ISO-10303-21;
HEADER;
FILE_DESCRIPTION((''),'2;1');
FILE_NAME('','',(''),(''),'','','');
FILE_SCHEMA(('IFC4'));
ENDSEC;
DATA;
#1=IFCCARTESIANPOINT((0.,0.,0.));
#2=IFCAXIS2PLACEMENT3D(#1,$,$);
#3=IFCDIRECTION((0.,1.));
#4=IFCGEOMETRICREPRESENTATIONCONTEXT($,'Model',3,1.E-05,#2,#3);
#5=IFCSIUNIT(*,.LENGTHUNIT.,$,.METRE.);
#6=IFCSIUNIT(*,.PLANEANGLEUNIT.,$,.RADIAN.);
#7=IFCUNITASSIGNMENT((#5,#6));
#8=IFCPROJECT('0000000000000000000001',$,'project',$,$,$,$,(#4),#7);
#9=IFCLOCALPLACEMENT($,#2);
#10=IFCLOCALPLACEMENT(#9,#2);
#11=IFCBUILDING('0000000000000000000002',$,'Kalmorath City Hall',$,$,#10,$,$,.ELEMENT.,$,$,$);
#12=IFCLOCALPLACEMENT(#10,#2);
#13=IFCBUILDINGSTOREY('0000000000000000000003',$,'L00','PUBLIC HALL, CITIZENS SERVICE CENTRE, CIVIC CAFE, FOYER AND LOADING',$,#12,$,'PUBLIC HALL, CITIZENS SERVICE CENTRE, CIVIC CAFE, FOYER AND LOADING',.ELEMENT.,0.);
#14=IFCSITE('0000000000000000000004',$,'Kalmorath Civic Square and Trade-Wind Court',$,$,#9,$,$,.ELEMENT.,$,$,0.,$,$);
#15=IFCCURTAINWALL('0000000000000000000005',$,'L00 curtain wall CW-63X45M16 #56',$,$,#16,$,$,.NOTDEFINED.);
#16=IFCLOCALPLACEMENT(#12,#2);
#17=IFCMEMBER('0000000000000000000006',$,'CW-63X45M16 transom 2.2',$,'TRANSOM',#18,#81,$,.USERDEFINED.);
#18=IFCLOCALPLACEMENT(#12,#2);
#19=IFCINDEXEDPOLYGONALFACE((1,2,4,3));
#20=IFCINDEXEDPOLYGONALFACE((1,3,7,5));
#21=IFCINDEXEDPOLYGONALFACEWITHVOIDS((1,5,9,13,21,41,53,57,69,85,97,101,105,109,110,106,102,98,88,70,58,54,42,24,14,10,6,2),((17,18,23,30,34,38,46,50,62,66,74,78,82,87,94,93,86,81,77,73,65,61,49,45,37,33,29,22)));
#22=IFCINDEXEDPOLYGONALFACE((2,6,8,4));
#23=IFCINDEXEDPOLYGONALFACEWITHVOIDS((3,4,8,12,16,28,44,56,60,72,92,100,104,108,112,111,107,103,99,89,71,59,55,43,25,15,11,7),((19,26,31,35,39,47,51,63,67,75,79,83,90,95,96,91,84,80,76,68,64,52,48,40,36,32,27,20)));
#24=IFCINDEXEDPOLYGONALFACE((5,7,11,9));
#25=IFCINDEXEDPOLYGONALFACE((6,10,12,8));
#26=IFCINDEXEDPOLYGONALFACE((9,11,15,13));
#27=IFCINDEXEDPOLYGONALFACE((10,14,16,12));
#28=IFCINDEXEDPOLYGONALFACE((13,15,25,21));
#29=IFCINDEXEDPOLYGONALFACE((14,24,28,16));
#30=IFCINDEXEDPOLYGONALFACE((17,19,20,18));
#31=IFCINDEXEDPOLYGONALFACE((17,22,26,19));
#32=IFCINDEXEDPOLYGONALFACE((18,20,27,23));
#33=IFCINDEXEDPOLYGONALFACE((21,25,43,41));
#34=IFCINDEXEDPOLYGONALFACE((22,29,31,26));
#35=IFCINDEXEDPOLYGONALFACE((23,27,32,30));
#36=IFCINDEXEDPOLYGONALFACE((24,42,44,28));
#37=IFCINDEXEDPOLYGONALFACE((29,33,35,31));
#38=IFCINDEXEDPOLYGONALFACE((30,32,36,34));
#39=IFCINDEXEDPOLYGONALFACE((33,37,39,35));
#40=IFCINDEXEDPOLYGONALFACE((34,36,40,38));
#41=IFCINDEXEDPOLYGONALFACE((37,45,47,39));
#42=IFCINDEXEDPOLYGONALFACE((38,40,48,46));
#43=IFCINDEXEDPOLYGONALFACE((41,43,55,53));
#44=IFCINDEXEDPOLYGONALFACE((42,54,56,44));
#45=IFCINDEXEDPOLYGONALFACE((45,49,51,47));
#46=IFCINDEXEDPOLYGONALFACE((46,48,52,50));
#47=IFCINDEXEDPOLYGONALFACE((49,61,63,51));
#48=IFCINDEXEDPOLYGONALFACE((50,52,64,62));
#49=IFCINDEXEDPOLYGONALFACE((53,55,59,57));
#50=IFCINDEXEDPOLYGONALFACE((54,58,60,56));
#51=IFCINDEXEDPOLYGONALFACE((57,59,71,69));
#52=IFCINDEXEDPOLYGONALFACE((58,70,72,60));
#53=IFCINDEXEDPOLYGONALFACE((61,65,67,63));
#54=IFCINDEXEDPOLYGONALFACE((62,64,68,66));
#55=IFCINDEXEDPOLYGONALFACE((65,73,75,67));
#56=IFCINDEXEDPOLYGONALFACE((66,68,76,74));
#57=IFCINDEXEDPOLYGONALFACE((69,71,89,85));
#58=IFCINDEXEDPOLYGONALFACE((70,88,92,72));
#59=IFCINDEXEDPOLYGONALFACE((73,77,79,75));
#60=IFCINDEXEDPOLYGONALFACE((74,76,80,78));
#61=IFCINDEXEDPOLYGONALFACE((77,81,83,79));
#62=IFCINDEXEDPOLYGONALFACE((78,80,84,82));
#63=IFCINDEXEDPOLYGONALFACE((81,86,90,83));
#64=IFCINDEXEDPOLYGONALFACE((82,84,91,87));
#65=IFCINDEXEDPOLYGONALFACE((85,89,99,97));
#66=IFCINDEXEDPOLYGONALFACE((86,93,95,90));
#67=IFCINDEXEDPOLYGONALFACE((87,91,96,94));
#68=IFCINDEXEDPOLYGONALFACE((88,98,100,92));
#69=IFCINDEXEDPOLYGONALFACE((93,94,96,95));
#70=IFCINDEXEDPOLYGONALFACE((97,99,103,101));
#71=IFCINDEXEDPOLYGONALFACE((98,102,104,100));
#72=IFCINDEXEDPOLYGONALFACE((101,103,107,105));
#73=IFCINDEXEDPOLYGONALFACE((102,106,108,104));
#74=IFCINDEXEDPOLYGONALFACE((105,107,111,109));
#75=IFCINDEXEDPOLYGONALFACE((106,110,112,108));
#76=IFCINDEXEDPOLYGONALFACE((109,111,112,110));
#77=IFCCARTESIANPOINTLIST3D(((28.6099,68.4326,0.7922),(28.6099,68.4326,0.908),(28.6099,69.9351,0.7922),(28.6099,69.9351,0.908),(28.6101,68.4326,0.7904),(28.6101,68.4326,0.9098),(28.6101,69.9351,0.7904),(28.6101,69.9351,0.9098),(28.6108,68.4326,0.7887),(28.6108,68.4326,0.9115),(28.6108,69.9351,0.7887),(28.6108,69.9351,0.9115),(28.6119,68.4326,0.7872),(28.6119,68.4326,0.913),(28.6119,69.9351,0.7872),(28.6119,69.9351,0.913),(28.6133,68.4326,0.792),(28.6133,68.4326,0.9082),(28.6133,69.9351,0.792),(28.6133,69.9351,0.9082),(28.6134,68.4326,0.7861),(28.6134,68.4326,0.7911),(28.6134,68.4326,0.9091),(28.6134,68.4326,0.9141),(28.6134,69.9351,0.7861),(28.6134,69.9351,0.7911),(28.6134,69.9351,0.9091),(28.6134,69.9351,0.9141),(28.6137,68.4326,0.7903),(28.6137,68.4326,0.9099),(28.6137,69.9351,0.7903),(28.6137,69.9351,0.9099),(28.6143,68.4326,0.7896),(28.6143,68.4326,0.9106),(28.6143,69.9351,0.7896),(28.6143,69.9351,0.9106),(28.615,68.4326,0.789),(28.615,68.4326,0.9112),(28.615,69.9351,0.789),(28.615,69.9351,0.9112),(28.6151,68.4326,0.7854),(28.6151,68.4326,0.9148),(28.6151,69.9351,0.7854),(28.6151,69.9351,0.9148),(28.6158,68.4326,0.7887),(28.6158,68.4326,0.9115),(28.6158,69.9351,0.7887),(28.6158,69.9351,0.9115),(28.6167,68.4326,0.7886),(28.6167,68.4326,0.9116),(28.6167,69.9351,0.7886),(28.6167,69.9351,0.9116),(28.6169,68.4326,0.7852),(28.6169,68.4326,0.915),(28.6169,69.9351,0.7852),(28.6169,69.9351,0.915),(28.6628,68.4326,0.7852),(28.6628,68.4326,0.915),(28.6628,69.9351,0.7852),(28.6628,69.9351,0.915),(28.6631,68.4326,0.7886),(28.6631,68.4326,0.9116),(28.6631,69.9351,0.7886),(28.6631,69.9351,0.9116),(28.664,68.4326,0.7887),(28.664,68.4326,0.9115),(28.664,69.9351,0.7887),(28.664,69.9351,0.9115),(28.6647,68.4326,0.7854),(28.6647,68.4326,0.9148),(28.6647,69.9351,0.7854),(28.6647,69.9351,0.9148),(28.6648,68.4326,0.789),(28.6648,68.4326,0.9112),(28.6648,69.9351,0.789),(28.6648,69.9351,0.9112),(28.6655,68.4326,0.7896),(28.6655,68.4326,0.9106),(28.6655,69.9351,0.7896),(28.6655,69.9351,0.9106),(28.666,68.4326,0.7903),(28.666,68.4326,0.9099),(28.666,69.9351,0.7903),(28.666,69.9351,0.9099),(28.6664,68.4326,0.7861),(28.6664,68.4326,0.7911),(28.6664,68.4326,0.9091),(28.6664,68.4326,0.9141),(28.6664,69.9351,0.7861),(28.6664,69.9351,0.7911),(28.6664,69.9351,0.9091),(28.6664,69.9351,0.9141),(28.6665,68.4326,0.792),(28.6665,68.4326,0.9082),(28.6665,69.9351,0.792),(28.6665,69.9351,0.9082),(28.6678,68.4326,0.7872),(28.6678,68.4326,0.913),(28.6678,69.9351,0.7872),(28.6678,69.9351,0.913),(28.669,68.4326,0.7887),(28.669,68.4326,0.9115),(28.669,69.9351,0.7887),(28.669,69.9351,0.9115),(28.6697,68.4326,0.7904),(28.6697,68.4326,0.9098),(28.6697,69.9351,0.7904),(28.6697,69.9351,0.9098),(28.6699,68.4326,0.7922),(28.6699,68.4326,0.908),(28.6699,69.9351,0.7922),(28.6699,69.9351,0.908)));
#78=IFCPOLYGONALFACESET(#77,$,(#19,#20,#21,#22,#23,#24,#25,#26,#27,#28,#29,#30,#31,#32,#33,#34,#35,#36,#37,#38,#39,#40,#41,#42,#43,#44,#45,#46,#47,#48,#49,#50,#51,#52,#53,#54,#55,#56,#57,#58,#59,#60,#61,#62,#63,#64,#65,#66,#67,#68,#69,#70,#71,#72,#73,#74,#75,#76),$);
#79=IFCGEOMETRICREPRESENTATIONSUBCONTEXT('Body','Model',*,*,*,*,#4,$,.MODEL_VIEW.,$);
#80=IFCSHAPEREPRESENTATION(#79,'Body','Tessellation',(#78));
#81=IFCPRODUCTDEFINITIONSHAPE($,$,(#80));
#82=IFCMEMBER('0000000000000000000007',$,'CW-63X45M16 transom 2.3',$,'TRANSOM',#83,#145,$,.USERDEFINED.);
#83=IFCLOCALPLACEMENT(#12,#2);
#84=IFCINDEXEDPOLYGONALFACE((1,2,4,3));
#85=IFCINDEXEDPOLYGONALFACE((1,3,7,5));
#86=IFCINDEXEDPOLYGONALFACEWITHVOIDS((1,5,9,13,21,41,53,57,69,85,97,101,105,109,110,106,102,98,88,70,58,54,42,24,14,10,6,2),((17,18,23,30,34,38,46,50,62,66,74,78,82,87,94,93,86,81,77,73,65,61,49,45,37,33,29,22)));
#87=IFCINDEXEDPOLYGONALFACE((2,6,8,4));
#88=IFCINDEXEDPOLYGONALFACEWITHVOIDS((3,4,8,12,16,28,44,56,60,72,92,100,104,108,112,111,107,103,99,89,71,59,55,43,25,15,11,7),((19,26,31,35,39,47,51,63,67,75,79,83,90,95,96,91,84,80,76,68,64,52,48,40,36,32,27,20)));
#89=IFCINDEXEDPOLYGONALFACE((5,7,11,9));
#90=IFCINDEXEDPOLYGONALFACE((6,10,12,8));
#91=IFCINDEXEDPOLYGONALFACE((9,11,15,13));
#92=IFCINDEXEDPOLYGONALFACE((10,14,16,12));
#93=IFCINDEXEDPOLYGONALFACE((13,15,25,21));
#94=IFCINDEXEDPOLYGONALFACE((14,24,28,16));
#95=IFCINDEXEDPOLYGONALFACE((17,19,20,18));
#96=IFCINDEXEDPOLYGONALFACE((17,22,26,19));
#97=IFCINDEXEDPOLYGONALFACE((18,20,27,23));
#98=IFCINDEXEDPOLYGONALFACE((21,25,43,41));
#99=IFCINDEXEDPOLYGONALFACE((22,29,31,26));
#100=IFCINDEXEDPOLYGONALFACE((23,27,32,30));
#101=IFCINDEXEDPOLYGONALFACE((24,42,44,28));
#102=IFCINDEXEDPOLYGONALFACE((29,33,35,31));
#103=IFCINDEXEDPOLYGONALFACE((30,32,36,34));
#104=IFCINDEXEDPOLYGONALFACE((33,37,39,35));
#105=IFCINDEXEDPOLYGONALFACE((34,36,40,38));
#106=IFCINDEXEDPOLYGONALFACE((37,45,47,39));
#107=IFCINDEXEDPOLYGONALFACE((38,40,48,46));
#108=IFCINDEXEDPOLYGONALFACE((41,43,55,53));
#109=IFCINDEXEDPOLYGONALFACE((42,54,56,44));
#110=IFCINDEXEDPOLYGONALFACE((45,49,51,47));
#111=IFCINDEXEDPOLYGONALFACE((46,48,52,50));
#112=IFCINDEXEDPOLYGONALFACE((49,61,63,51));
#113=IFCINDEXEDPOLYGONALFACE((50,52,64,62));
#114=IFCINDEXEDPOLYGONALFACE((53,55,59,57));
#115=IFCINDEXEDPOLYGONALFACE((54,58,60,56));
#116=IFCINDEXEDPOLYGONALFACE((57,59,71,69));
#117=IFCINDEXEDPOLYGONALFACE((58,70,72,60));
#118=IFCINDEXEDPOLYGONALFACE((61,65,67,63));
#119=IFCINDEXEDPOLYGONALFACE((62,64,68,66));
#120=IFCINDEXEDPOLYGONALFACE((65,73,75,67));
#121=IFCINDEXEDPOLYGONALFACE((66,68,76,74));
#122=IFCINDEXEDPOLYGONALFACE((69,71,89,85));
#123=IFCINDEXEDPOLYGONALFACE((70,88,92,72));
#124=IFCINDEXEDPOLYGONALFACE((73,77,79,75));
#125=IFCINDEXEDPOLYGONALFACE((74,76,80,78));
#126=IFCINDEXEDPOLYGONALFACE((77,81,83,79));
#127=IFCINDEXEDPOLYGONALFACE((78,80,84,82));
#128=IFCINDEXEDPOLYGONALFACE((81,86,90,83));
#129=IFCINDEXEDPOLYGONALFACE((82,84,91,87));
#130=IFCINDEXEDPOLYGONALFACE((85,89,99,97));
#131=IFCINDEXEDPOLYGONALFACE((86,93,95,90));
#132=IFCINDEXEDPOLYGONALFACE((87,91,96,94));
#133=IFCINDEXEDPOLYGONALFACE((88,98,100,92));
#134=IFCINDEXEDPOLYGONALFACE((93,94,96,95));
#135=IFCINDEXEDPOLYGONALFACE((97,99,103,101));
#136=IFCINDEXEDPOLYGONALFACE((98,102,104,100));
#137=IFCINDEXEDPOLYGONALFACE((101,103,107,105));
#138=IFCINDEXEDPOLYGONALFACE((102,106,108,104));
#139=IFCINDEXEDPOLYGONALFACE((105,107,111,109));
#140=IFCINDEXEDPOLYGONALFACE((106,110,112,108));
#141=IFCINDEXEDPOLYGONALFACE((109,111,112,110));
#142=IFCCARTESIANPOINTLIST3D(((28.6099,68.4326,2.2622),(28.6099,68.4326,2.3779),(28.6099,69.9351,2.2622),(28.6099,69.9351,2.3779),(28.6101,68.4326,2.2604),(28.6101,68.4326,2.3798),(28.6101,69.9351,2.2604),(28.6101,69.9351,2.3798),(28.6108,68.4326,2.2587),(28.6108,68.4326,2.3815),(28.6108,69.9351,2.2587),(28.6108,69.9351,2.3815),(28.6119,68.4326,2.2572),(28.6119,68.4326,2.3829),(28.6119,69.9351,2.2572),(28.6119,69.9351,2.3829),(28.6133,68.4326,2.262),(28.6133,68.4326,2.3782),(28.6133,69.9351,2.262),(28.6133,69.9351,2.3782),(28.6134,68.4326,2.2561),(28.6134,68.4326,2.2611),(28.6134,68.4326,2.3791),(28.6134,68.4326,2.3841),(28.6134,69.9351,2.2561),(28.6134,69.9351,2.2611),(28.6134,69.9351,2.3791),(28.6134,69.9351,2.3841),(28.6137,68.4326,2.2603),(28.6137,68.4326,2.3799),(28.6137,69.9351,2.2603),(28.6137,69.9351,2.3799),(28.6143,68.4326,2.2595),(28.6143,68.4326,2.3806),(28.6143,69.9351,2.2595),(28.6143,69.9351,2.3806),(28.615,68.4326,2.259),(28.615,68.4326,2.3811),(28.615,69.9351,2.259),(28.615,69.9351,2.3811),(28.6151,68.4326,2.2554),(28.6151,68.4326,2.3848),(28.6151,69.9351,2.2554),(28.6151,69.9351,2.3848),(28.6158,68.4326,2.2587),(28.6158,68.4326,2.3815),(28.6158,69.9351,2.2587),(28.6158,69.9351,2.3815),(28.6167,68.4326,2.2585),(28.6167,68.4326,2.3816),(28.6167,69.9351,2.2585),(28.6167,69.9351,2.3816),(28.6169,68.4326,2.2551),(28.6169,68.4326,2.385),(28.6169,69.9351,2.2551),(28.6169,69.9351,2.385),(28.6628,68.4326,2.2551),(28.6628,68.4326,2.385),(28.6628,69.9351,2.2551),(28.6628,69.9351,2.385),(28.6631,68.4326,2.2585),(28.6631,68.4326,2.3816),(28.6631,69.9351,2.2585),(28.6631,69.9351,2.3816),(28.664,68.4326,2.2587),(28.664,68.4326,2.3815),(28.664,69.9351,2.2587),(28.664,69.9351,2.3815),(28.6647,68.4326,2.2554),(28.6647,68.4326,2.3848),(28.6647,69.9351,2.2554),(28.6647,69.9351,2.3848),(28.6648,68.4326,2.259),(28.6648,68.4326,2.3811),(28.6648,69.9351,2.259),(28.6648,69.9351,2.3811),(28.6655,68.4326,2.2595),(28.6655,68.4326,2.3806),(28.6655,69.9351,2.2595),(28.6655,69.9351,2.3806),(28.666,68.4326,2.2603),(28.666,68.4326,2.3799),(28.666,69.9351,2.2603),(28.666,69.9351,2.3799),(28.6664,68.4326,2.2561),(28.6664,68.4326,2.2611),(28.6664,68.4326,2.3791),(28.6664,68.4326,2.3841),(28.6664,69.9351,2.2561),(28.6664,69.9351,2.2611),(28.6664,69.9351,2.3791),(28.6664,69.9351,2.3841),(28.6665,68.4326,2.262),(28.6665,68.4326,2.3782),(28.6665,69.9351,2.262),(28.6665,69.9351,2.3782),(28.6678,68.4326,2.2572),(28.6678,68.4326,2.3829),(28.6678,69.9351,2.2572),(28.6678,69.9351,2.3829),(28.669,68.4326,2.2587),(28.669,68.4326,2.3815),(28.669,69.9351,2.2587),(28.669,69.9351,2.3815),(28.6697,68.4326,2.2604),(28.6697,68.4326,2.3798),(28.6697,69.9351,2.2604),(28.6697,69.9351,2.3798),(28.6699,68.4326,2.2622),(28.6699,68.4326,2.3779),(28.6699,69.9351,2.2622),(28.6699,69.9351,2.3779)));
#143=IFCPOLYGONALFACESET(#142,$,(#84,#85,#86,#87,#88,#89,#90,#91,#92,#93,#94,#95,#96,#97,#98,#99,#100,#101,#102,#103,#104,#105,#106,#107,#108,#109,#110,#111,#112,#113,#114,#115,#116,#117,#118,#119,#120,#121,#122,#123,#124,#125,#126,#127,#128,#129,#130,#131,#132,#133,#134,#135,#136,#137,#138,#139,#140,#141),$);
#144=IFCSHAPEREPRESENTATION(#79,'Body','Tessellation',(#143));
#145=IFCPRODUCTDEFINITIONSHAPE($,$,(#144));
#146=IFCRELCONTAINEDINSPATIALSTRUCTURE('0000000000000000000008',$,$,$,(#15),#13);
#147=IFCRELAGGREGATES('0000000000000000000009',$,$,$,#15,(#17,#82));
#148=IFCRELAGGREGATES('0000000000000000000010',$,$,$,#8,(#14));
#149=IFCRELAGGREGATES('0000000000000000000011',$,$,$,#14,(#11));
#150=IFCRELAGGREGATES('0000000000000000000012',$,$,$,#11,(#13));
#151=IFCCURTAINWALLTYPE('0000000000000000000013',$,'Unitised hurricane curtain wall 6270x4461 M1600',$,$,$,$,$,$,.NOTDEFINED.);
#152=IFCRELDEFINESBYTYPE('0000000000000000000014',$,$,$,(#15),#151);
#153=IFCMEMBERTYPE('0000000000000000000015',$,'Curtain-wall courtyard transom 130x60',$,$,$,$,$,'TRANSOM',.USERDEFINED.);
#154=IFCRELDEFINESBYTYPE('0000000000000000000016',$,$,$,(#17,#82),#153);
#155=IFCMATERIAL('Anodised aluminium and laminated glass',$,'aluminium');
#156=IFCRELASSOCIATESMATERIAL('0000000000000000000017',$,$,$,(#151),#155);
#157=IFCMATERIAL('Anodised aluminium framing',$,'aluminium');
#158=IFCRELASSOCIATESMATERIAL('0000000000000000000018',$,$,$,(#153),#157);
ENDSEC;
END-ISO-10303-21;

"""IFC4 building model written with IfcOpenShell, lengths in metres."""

from ifc_helpers import new_model, si_unit, direction, frame, origin, origin_2d, place, context, subcontext, project, spatial, hollow_rectangle, extrude, material, material_profile, profile_set, type_object, element, aggregate, save


model = new_model("IFC4")

# Units and contexts
model_context = context("Model", 3, precision=1e-05, world=origin(), true_north=direction((0.0, 1.0)))
body_context = subcontext(model_context, "Body", "Model", "MODEL_VIEW")
ifc_project = project(units=[si_unit("LENGTHUNIT", "METRE"), si_unit("PLANEANGLEUNIT", "RADIAN")], contexts=[model_context])

# Site, building, storey
site_placement = place(None, origin())
site = spatial("IfcSite", under=ifc_project, at=site_placement, Name="Kalmorath Civic Square and Trade-Wind Court", CompositionType="ELEMENT", RefElevation=0.0)
building_placement = place(site_placement, origin())
building = spatial("IfcBuilding", under=site, at=building_placement, Name="Kalmorath City Hall", CompositionType="ELEMENT")
storey_placement = place(building_placement, origin())
storey = spatial("IfcBuildingStorey", under=building, at=storey_placement, Name="L00", Description="PUBLIC HALL, CITIZENS SERVICE CENTRE, CIVIC CAFE, FOYER AND LOADING", LongName="PUBLIC HALL, CITIZENS SERVICE CENTRE, CIVIC CAFE, FOYER AND LOADING", CompositionType="ELEMENT", Elevation=0.0)

# Curtain wall, members
ifc_material_1 = material(Name="Anodised aluminium and laminated glass", Category="aluminium")
curtain_wall_type = type_object("IfcCurtainWallType", Name="Unitised hurricane curtain wall 6270x4461 M1600", PredefinedType="NOTDEFINED", material=ifc_material_1)
curtain_wall_placement = place(storey_placement, origin())
curtain_wall = element("IfcCurtainWall", 1, at=curtain_wall_placement, inside=storey, type_object=curtain_wall_type, Name="L00 curtain wall CW-63X45M16 #56", PredefinedType="NOTDEFINED")
ifc_material_2 = material(Name="Anodised aluminium framing", Category="aluminium")
ifc_material_profile_1 = material_profile(ifc_material_2, hollow_rectangle(XDim=0.0601, YDim=0.1299, WallThickness=0.0034, InnerFilletRadius=0.0034, OuterFilletRadius=0.0071, at=origin_2d()), Name="ALU-TRN-130X60X3.5")
ifc_profile_set_1 = profile_set([ifc_material_profile_1], Name="Anodised aluminium framing")
member_type_1 = type_object("IfcMemberType", Name="Curtain-wall courtyard transom 130x60", ElementType="TRANSOM", PredefinedType="USERDEFINED", material=ifc_profile_set_1)
member_1_placement = place(storey_placement, frame((28.6399, 69.9351, 0.8501), z_axis=(0.0, -1.0, 0.0), x_axis=(1.0, 0.0, 0.0)))
member_1 = element("IfcMember", 2, at=member_1_placement, type_object=member_type_1, Name="CW-63X45M16 transom 2.2", ObjectType="TRANSOM", PredefinedType="USERDEFINED", context=body_context, shape_type="SweptSolid", body=[
    extrude(hollow_rectangle(XDim=0.0601, YDim=0.1299, WallThickness=0.0034, InnerFilletRadius=0.0034, OuterFilletRadius=0.0071, at=origin_2d()), origin(), (0.0, 0.0, 1.0), 1.5024),
])
member_2_placement = place(storey_placement, frame((28.6399, 69.9351, 2.3201), z_axis=(0.0, -1.0, 0.0), x_axis=(1.0, 0.0, 0.0)))
member_2 = element("IfcMember", 3, at=member_2_placement, type_object=member_type_1, Name="CW-63X45M16 transom 2.3", ObjectType="TRANSOM", PredefinedType="USERDEFINED", context=body_context, shape_type="SweptSolid", body=[
    extrude(hollow_rectangle(XDim=0.0601, YDim=0.1299, WallThickness=0.0034, InnerFilletRadius=0.0034, OuterFilletRadius=0.0071, at=origin_2d()), origin(), (0.0, 0.0, 1.0), 1.5024),
])

aggregate(curtain_wall, [member_1, member_2])

save(model, "model.ifc")
